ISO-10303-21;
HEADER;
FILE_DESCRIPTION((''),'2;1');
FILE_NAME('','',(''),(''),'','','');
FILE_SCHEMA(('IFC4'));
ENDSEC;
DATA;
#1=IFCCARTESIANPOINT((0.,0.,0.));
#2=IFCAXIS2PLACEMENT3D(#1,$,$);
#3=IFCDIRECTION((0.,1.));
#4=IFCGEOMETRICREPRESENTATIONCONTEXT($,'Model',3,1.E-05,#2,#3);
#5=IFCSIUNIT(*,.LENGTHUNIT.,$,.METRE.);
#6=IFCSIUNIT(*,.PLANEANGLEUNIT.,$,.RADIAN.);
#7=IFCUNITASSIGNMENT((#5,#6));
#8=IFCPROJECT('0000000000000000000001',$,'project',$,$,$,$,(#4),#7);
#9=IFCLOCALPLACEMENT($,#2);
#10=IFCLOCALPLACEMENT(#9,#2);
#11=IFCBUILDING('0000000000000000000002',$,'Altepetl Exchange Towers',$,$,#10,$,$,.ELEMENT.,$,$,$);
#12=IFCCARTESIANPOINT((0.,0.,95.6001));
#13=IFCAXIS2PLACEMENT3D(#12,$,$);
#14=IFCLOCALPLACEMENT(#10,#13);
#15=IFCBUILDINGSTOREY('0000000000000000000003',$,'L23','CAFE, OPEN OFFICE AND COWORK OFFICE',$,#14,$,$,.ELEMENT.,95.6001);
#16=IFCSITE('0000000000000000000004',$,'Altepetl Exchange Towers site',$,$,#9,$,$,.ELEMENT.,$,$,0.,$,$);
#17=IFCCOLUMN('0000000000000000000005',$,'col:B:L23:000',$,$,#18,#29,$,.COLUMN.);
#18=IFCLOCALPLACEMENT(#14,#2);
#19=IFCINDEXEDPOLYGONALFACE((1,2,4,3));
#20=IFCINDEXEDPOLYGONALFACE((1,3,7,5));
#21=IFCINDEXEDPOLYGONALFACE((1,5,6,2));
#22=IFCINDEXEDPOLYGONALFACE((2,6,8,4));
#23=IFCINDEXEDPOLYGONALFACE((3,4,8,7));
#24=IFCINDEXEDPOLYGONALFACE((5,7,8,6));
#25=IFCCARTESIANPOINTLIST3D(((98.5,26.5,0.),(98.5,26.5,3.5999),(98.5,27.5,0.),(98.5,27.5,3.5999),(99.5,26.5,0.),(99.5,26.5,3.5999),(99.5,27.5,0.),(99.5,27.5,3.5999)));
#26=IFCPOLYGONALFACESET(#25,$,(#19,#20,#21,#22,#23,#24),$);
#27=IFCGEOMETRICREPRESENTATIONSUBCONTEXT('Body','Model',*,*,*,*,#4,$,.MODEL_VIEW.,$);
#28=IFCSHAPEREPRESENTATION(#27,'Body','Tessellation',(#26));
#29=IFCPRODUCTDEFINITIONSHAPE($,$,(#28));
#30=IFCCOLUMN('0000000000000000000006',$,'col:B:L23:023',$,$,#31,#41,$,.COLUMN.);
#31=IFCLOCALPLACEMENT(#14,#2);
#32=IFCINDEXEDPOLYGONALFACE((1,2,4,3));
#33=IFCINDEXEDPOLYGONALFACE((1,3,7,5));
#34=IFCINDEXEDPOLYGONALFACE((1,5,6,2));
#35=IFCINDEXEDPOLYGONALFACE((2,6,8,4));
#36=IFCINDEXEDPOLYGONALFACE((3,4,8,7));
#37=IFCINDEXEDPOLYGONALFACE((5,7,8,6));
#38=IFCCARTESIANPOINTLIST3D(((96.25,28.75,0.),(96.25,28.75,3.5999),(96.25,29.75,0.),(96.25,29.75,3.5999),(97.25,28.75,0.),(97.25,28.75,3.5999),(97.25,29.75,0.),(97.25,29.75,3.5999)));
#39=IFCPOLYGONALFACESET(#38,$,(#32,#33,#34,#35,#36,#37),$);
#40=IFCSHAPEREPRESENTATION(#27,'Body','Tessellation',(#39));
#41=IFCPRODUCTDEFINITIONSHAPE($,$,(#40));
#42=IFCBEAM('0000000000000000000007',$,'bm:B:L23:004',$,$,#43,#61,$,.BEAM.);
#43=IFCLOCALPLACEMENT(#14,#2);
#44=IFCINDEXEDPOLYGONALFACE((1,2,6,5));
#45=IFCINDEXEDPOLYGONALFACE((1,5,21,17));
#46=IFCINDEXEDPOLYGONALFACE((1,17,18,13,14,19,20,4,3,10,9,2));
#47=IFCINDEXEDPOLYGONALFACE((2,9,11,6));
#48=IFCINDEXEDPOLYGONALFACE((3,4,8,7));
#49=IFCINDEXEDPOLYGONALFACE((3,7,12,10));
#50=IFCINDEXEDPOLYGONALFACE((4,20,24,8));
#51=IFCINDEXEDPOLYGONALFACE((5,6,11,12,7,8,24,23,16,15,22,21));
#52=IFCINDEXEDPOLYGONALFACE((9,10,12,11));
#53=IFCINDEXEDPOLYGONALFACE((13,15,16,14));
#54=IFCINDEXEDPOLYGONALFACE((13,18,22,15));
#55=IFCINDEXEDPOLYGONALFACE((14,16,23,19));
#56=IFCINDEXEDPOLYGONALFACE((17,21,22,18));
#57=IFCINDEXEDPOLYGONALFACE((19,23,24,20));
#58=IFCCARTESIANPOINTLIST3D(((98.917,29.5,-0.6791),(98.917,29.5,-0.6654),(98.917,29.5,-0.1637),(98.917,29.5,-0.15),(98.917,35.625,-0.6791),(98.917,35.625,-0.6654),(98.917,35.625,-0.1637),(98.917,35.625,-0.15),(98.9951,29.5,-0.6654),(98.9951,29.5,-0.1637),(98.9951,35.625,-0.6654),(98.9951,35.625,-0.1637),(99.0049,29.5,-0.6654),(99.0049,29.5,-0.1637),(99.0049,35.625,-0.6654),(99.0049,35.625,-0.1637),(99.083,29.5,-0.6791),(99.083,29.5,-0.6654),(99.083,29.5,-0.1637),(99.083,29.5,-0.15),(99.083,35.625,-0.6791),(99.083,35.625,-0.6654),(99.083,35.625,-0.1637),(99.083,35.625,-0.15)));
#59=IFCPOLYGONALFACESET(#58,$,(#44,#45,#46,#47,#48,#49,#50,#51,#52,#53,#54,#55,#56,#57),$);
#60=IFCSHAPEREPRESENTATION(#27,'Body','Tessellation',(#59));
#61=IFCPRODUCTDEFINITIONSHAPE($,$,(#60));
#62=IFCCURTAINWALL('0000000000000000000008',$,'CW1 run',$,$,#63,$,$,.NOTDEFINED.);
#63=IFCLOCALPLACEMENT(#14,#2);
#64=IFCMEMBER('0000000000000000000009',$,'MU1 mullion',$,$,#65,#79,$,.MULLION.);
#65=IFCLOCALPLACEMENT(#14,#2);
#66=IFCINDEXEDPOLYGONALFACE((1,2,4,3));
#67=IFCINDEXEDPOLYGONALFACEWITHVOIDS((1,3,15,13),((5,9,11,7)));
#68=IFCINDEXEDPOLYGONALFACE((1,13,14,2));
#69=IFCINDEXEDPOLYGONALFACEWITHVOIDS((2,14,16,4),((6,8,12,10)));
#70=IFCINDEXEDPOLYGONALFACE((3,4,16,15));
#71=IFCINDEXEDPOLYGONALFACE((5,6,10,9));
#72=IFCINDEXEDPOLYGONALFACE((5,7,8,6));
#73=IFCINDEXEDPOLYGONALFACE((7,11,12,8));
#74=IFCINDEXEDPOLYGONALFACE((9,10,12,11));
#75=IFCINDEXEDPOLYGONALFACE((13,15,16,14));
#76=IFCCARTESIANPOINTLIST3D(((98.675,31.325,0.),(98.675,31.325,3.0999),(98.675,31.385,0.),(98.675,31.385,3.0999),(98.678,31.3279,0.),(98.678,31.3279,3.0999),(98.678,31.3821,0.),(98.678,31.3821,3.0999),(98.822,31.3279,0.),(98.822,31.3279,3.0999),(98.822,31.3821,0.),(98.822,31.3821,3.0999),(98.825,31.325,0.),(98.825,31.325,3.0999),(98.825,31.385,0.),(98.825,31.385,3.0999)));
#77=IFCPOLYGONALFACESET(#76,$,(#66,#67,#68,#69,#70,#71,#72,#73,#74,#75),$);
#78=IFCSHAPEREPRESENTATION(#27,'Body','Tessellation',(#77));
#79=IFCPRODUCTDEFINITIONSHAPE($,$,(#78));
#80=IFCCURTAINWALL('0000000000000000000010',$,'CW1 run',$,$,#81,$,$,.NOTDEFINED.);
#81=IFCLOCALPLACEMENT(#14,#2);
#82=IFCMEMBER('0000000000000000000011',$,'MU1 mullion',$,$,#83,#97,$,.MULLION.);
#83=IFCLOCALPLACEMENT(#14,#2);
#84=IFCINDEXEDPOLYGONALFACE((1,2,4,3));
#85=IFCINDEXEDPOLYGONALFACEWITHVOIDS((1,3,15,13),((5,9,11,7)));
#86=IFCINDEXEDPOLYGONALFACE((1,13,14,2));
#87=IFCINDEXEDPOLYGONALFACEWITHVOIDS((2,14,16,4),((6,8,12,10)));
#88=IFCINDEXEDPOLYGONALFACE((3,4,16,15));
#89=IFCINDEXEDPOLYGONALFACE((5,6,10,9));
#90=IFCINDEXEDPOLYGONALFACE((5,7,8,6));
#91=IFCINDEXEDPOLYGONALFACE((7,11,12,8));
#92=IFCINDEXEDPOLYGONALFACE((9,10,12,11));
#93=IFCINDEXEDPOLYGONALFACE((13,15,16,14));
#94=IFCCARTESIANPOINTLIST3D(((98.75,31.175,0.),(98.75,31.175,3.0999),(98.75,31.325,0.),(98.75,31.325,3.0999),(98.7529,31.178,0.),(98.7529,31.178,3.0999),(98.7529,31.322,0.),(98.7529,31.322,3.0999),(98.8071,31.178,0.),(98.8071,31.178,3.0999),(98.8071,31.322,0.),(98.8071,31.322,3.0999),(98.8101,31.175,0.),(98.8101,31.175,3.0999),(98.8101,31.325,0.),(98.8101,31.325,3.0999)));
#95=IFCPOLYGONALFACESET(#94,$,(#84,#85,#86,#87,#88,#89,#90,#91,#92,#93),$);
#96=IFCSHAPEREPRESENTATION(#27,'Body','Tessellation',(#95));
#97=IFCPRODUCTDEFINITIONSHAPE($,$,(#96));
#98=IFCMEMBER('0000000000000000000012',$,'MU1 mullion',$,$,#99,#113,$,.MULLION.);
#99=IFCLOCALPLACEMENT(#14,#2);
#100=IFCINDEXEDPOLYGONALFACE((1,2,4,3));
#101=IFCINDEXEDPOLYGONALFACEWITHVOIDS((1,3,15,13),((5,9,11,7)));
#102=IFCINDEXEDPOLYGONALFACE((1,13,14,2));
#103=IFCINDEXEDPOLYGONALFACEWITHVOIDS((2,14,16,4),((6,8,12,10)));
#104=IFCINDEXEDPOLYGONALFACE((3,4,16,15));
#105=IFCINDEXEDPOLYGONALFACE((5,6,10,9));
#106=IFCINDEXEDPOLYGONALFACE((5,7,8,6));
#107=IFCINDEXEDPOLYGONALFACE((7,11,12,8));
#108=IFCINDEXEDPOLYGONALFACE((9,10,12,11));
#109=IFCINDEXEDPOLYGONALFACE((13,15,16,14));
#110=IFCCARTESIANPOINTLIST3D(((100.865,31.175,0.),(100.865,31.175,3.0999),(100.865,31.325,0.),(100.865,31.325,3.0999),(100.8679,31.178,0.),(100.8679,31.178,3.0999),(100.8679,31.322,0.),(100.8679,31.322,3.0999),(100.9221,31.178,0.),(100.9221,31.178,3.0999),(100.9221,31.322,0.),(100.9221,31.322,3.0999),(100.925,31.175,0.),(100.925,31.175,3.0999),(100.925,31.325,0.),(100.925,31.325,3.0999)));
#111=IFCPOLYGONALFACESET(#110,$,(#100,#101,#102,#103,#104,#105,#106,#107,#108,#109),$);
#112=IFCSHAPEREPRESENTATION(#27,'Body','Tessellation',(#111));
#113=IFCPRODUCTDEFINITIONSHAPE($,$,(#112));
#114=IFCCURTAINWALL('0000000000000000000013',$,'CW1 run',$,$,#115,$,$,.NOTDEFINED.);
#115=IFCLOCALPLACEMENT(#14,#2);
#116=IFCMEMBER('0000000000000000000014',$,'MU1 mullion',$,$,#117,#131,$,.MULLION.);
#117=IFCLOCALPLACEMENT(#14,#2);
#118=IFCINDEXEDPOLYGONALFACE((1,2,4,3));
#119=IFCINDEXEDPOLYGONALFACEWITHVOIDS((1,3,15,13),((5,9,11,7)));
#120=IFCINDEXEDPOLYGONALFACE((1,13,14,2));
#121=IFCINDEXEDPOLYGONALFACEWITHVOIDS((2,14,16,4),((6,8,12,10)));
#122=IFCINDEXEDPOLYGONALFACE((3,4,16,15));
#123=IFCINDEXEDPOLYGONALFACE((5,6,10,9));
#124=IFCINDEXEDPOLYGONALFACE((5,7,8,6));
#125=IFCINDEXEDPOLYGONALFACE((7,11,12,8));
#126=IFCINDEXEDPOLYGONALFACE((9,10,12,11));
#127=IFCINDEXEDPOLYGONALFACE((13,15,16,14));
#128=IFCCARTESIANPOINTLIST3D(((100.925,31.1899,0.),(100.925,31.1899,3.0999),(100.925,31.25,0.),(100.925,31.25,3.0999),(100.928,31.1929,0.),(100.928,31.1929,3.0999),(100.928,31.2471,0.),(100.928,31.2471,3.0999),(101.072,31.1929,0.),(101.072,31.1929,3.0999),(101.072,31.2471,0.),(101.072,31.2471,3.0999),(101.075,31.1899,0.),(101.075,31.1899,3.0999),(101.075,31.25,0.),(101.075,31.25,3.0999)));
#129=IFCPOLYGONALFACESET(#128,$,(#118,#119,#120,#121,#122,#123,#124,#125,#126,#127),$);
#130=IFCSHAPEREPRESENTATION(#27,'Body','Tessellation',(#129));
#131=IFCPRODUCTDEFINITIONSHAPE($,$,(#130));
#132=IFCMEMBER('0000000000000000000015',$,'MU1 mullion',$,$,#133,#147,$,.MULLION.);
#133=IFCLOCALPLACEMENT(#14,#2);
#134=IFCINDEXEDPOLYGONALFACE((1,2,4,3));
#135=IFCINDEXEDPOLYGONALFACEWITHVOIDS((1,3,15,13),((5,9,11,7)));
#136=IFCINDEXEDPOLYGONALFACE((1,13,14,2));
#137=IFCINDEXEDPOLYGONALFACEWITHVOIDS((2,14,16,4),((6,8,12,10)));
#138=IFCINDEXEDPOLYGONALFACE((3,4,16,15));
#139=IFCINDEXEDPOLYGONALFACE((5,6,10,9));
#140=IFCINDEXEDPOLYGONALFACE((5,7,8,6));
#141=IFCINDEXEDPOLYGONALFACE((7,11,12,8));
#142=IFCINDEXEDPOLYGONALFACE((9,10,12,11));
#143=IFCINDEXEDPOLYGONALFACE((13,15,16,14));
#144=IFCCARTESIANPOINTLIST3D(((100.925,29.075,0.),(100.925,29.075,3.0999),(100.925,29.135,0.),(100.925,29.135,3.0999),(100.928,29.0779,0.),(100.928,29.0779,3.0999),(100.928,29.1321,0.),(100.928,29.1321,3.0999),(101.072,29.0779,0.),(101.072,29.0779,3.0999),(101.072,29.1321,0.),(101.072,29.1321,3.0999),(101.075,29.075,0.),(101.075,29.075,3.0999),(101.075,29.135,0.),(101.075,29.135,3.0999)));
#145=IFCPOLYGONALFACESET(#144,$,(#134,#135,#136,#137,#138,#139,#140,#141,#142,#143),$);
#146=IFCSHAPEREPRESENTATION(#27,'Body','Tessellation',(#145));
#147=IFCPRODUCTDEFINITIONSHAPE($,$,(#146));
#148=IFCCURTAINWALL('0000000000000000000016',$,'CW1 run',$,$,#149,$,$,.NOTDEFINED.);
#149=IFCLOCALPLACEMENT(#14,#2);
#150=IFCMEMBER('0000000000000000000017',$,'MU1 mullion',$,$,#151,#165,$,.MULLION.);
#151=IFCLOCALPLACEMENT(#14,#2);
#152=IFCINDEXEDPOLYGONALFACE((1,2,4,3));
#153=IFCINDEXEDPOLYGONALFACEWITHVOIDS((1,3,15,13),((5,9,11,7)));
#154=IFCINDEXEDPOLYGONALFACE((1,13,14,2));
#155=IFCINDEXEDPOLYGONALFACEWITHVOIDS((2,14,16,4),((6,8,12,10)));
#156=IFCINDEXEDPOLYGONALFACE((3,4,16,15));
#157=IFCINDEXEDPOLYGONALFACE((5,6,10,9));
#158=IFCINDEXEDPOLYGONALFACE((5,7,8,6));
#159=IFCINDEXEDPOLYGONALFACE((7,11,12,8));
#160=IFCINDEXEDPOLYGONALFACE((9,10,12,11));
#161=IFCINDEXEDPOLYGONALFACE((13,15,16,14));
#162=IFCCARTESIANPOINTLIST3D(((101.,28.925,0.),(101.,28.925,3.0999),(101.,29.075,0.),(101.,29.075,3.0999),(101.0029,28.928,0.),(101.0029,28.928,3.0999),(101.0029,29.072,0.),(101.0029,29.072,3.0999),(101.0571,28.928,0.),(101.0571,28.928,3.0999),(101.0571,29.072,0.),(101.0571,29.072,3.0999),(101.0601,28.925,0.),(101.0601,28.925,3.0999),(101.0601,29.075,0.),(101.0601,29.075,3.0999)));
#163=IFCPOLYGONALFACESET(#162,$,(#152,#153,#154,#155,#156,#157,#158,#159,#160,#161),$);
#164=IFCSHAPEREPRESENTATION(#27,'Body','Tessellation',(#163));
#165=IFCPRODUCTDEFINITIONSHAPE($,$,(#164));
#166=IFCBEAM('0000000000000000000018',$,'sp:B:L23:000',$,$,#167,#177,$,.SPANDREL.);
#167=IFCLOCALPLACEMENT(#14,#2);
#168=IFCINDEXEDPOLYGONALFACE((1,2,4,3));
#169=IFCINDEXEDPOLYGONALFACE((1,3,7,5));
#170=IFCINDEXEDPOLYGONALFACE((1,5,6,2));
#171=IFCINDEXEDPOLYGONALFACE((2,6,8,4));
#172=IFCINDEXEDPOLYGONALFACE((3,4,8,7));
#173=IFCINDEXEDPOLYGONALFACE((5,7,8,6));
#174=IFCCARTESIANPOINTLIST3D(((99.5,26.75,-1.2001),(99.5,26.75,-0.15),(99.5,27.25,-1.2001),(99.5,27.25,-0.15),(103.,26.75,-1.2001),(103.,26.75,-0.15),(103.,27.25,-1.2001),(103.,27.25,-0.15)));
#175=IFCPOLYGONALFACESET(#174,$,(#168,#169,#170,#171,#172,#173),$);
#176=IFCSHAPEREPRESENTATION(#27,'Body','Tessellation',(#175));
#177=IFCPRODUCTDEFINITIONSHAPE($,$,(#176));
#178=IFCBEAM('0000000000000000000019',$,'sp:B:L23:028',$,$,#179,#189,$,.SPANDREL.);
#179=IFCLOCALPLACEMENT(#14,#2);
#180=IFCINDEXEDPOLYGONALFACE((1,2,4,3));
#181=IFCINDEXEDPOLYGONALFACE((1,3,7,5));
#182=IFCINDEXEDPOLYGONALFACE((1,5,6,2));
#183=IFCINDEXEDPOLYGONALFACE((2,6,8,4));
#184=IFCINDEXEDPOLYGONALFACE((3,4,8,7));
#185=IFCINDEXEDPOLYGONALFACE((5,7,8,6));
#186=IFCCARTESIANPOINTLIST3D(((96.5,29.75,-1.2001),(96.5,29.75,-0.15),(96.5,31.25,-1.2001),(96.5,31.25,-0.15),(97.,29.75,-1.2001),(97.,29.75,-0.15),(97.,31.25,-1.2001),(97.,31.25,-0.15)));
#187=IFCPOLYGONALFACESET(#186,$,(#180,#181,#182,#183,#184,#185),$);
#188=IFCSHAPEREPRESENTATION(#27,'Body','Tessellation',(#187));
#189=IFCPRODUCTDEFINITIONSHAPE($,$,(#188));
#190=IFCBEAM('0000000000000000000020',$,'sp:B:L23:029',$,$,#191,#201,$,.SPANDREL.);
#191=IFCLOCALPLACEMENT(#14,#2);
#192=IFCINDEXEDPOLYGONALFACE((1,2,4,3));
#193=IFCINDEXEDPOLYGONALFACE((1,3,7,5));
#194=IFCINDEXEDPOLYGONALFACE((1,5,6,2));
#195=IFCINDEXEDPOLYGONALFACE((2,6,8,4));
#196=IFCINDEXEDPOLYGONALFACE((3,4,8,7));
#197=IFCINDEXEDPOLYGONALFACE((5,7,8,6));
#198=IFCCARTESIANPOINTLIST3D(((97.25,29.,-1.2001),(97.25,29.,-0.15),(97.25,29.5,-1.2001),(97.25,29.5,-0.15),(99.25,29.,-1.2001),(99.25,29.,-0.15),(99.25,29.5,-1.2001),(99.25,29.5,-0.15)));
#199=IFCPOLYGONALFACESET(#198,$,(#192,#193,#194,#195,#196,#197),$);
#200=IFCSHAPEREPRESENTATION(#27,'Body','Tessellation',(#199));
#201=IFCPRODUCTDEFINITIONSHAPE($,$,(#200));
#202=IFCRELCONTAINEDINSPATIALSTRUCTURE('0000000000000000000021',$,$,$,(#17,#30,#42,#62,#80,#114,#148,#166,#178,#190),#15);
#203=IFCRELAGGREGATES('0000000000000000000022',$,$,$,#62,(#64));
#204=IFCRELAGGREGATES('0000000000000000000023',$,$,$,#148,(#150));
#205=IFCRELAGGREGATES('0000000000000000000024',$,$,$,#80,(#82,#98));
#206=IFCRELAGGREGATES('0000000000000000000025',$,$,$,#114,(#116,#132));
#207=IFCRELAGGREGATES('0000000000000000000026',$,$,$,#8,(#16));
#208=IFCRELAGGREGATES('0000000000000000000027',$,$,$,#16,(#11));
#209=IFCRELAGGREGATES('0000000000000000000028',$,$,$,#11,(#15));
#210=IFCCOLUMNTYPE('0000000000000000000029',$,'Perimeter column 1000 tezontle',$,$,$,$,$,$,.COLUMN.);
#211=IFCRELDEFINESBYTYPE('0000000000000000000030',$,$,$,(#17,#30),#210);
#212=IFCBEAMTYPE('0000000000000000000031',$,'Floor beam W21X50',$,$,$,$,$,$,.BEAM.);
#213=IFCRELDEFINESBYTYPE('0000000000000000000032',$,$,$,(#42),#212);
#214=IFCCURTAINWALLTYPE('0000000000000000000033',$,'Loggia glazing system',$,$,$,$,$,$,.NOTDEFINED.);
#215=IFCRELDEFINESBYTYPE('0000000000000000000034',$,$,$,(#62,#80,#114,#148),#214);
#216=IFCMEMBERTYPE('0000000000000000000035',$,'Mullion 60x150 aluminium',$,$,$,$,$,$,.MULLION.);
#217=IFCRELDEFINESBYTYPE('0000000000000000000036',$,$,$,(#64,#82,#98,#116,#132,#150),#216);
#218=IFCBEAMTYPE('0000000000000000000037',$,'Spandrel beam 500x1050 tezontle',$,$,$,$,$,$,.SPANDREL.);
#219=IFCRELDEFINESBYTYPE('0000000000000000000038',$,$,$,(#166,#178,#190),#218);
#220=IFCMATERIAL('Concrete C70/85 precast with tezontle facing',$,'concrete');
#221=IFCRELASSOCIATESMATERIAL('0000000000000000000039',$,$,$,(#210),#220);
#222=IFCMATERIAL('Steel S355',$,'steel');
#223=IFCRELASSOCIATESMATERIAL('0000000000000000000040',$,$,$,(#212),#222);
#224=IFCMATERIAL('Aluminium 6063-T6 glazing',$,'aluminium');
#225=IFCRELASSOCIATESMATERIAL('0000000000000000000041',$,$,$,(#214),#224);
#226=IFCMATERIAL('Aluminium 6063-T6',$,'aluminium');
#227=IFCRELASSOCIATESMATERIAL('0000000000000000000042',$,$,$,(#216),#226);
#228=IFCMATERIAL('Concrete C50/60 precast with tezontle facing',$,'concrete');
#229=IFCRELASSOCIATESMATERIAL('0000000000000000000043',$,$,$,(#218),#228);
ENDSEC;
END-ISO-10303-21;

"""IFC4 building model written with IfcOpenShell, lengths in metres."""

from ifc_helpers import new_model, si_unit, direction, frame, origin, origin_2d, place, context, subcontext, project, spatial, rectangle, hollow_rectangle, i_section, extrude, material, material_profile, profile_set, type_object, element, aggregate, save


model = new_model("IFC4")

# Units and contexts
model_context = context("Model", 3, precision=1e-05, world=origin(), true_north=direction((0.0, 1.0)))
body_context = subcontext(model_context, "Body", "Model", "MODEL_VIEW")
ifc_project = project(units=[si_unit("LENGTHUNIT", "METRE"), si_unit("PLANEANGLEUNIT", "RADIAN")], contexts=[model_context])

# Site, building, storey
site_placement = place(None, origin())
site = spatial("IfcSite", under=ifc_project, at=site_placement, Name="Altepetl Exchange Towers site", CompositionType="ELEMENT", RefElevation=0.0)
building_placement = place(site_placement, origin())
building = spatial("IfcBuilding", under=site, at=building_placement, Name="Altepetl Exchange Towers", CompositionType="ELEMENT")
storey_placement = place(building_placement, frame((0.0, 0.0, 95.6001)))
storey = spatial("IfcBuildingStorey", under=building, at=storey_placement, Name="L23", Description="CAFE, OPEN OFFICE AND COWORK OFFICE", CompositionType="ELEMENT", Elevation=95.6001)

# Columns
ifc_material_1 = material(Name="Concrete C70/85 precast with tezontle facing", Category="concrete")
ifc_material_profile_1 = material_profile(ifc_material_1, rectangle(XDim=1.0, YDim=1.0, at=origin_2d()), Name="1000 x 1000")
ifc_profile_set_1 = profile_set([ifc_material_profile_1], Name="Concrete C70/85 precast with tezontle facing")
column_type = type_object("IfcColumnType", Name="Perimeter column 1000 tezontle", PredefinedType="COLUMN", material=ifc_profile_set_1)
for number, where, name in (
    (1, (99.0, 27.0, 0.0), "col:B:L23:000"),
    (2, (96.75, 29.25, 0.0), "col:B:L23:023"),
):
    element("IfcColumn", number, at=place(storey_placement, frame(where)), inside=storey, type_object=column_type, Name=name, PredefinedType="COLUMN", context=body_context, shape_type="SweptSolid", body=[
        extrude(rectangle(XDim=1.0, YDim=1.0, at=origin_2d()), origin(), (0.0, 0.0, 1.0), 3.5999),
    ])

# Beam
ifc_material_2 = material(Name="Steel S355", Category="steel")
ifc_material_profile_2 = material_profile(ifc_material_2, i_section(OverallWidth=0.166, OverallDepth=0.5291, WebThickness=0.0098, FlangeThickness=0.0137, at=origin_2d()), Name="W21X50")
ifc_profile_set_2 = profile_set([ifc_material_profile_2], Name="Steel S355")
beam_type_1 = type_object("IfcBeamType", Name="Floor beam W21X50", PredefinedType="BEAM", material=ifc_profile_set_2)
beam_1_placement = place(storey_placement, frame((99.0, 29.5, -0.4146), z_axis=(0.0, 1.0, 0.0), x_axis=(-1.0, 0.0, 0.0)))
element("IfcBeam", 3, at=beam_1_placement, inside=storey, type_object=beam_type_1, Name="bm:B:L23:004", PredefinedType="BEAM", context=body_context, shape_type="SweptSolid", body=[
    extrude(i_section(OverallWidth=0.166, OverallDepth=0.5291, WebThickness=0.0098, FlangeThickness=0.0137, at=origin_2d()), origin(), (0.0, 0.0, 1.0), 6.125),
])

# Curtain wall, member
ifc_material_3 = material(Name="Aluminium 6063-T6 glazing", Category="aluminium")
curtain_wall_type = type_object("IfcCurtainWallType", Name="Loggia glazing system", PredefinedType="NOTDEFINED", material=ifc_material_3)
curtain_wall_1_placement = place(storey_placement, origin())
curtain_wall_1 = element("IfcCurtainWall", 4, at=curtain_wall_1_placement, inside=storey, type_object=curtain_wall_type, Name="CW1 run", PredefinedType="NOTDEFINED")
ifc_material_4 = material(Name="Aluminium 6063-T6", Category="aluminium")
ifc_material_profile_3 = material_profile(ifc_material_4, hollow_rectangle(XDim=0.0601, YDim=0.1499, WallThickness=0.0029, at=origin_2d()), Name="Mullion 60x150 aluminium")
ifc_profile_set_3 = profile_set([ifc_material_profile_3], Name="Aluminium 6063-T6")
member_type = type_object("IfcMemberType", Name="Mullion 60x150 aluminium", PredefinedType="MULLION", material=ifc_profile_set_3)
member_1_placement = place(storey_placement, frame((98.75, 31.355, 0.0), z_axis=(0.0, 0.0, 1.0), x_axis=(0.0, -1.0, 0.0)))
member_1 = element("IfcMember", 5, at=member_1_placement, type_object=member_type, Name="MU1 mullion", PredefinedType="MULLION", context=body_context, shape_type="SweptSolid", body=[
    extrude(hollow_rectangle(XDim=0.0601, YDim=0.1499, WallThickness=0.0029, at=origin_2d()), origin(), (0.0, 0.0, 1.0), 3.0999),
])
aggregate(curtain_wall_1, [member_1])

# Curtain walls, members
curtain_wall_2_placement = place(storey_placement, origin())
curtain_wall_2 = element("IfcCurtainWall", 6, at=curtain_wall_2_placement, inside=storey, type_object=curtain_wall_type, Name="CW1 run", PredefinedType="NOTDEFINED")
member_2_placement = place(storey_placement, frame((98.78, 31.25, 0.0)))
member_2 = element("IfcMember", 7, at=member_2_placement, type_object=member_type, Name="MU1 mullion", PredefinedType="MULLION", context=body_context, shape_type="SweptSolid", body=[
    extrude(hollow_rectangle(XDim=0.0601, YDim=0.1499, WallThickness=0.0029, at=origin_2d()), origin(), (0.0, 0.0, 1.0), 3.0999),
])
member_3_placement = place(storey_placement, frame((100.895, 31.25, 0.0)))
member_3 = element("IfcMember", 8, at=member_3_placement, type_object=member_type, Name="MU1 mullion", PredefinedType="MULLION", context=body_context, shape_type="SweptSolid", body=[
    extrude(hollow_rectangle(XDim=0.0601, YDim=0.1499, WallThickness=0.0029, at=origin_2d()), origin(), (0.0, 0.0, 1.0), 3.0999),
])
curtain_wall_3_placement = place(storey_placement, origin())
curtain_wall_3 = element("IfcCurtainWall", 9, at=curtain_wall_3_placement, inside=storey, type_object=curtain_wall_type, Name="CW1 run", PredefinedType="NOTDEFINED")
member_4_placement = place(storey_placement, frame((101.0, 31.22, 0.0), z_axis=(0.0, 0.0, 1.0), x_axis=(0.0, -1.0, 0.0)))
member_4 = element("IfcMember", 10, at=member_4_placement, type_object=member_type, Name="MU1 mullion", PredefinedType="MULLION", context=body_context, shape_type="SweptSolid", body=[
    extrude(hollow_rectangle(XDim=0.0601, YDim=0.1499, WallThickness=0.0029, at=origin_2d()), origin(), (0.0, 0.0, 1.0), 3.0999),
])
member_5_placement = place(storey_placement, frame((101.0, 29.105, 0.0), z_axis=(0.0, 0.0, 1.0), x_axis=(0.0, -1.0, 0.0)))
member_5 = element("IfcMember", 11, at=member_5_placement, type_object=member_type, Name="MU1 mullion", PredefinedType="MULLION", context=body_context, shape_type="SweptSolid", body=[
    extrude(hollow_rectangle(XDim=0.0601, YDim=0.1499, WallThickness=0.0029, at=origin_2d()), origin(), (0.0, 0.0, 1.0), 3.0999),
])

# Curtain wall, member
curtain_wall_4_placement = place(storey_placement, origin())
curtain_wall_4 = element("IfcCurtainWall", 12, at=curtain_wall_4_placement, inside=storey, type_object=curtain_wall_type, Name="CW1 run", PredefinedType="NOTDEFINED")
member_6_placement = place(storey_placement, frame((101.03, 29.0, 0.0)))
member_6 = element("IfcMember", 13, at=member_6_placement, type_object=member_type, Name="MU1 mullion", PredefinedType="MULLION", context=body_context, shape_type="SweptSolid", body=[
    extrude(hollow_rectangle(XDim=0.0601, YDim=0.1499, WallThickness=0.0029, at=origin_2d()), origin(), (0.0, 0.0, 1.0), 3.0999),
])
aggregate(curtain_wall_4, [member_6])

# Beams
ifc_material_5 = material(Name="Concrete C50/60 precast with tezontle facing", Category="concrete")
ifc_material_profile_4 = material_profile(ifc_material_5, rectangle(XDim=0.5, YDim=1.05, at=origin_2d()), Name="500 x 1050")
ifc_profile_set_4 = profile_set([ifc_material_profile_4], Name="Concrete C50/60 precast with tezontle facing")
beam_type_2 = type_object("IfcBeamType", Name="Spandrel beam 500x1050 tezontle", PredefinedType="SPANDREL", material=ifc_profile_set_4)
beam_2_placement = place(storey_placement, frame((99.5, 27.0, -0.675), z_axis=(1.0, 0.0, 0.0), x_axis=(0.0, 1.0, 0.0)))
element("IfcBeam", 14, at=beam_2_placement, inside=storey, type_object=beam_type_2, Name="sp:B:L23:000", PredefinedType="SPANDREL", context=body_context, shape_type="SweptSolid", body=[
    extrude(rectangle(XDim=0.5, YDim=1.05, at=origin_2d()), origin(), (0.0, 0.0, 1.0), 3.5),
])
beam_3_placement = place(storey_placement, frame((96.75, 31.25, -0.675), z_axis=(0.0, -1.0, 0.0), x_axis=(1.0, 0.0, 0.0)))
element("IfcBeam", 15, at=beam_3_placement, inside=storey, type_object=beam_type_2, Name="sp:B:L23:028", PredefinedType="SPANDREL", context=body_context, shape_type="SweptSolid", body=[
    extrude(rectangle(XDim=0.5, YDim=1.05, at=origin_2d()), origin(), (0.0, 0.0, 1.0), 1.5),
])
beam_4_placement = place(storey_placement, frame((97.25, 29.25, -0.675), z_axis=(1.0, 0.0, 0.0), x_axis=(0.0, 1.0, 0.0)))
element("IfcBeam", 16, at=beam_4_placement, inside=storey, type_object=beam_type_2, Name="sp:B:L23:029", PredefinedType="SPANDREL", context=body_context, shape_type="SweptSolid", body=[
    extrude(rectangle(XDim=0.5, YDim=1.05, at=origin_2d()), origin(), (0.0, 0.0, 1.0), 2.0),
])

aggregate(curtain_wall_2, [member_2, member_3])
aggregate(curtain_wall_3, [member_4, member_5])

save(model, "model.ifc")
